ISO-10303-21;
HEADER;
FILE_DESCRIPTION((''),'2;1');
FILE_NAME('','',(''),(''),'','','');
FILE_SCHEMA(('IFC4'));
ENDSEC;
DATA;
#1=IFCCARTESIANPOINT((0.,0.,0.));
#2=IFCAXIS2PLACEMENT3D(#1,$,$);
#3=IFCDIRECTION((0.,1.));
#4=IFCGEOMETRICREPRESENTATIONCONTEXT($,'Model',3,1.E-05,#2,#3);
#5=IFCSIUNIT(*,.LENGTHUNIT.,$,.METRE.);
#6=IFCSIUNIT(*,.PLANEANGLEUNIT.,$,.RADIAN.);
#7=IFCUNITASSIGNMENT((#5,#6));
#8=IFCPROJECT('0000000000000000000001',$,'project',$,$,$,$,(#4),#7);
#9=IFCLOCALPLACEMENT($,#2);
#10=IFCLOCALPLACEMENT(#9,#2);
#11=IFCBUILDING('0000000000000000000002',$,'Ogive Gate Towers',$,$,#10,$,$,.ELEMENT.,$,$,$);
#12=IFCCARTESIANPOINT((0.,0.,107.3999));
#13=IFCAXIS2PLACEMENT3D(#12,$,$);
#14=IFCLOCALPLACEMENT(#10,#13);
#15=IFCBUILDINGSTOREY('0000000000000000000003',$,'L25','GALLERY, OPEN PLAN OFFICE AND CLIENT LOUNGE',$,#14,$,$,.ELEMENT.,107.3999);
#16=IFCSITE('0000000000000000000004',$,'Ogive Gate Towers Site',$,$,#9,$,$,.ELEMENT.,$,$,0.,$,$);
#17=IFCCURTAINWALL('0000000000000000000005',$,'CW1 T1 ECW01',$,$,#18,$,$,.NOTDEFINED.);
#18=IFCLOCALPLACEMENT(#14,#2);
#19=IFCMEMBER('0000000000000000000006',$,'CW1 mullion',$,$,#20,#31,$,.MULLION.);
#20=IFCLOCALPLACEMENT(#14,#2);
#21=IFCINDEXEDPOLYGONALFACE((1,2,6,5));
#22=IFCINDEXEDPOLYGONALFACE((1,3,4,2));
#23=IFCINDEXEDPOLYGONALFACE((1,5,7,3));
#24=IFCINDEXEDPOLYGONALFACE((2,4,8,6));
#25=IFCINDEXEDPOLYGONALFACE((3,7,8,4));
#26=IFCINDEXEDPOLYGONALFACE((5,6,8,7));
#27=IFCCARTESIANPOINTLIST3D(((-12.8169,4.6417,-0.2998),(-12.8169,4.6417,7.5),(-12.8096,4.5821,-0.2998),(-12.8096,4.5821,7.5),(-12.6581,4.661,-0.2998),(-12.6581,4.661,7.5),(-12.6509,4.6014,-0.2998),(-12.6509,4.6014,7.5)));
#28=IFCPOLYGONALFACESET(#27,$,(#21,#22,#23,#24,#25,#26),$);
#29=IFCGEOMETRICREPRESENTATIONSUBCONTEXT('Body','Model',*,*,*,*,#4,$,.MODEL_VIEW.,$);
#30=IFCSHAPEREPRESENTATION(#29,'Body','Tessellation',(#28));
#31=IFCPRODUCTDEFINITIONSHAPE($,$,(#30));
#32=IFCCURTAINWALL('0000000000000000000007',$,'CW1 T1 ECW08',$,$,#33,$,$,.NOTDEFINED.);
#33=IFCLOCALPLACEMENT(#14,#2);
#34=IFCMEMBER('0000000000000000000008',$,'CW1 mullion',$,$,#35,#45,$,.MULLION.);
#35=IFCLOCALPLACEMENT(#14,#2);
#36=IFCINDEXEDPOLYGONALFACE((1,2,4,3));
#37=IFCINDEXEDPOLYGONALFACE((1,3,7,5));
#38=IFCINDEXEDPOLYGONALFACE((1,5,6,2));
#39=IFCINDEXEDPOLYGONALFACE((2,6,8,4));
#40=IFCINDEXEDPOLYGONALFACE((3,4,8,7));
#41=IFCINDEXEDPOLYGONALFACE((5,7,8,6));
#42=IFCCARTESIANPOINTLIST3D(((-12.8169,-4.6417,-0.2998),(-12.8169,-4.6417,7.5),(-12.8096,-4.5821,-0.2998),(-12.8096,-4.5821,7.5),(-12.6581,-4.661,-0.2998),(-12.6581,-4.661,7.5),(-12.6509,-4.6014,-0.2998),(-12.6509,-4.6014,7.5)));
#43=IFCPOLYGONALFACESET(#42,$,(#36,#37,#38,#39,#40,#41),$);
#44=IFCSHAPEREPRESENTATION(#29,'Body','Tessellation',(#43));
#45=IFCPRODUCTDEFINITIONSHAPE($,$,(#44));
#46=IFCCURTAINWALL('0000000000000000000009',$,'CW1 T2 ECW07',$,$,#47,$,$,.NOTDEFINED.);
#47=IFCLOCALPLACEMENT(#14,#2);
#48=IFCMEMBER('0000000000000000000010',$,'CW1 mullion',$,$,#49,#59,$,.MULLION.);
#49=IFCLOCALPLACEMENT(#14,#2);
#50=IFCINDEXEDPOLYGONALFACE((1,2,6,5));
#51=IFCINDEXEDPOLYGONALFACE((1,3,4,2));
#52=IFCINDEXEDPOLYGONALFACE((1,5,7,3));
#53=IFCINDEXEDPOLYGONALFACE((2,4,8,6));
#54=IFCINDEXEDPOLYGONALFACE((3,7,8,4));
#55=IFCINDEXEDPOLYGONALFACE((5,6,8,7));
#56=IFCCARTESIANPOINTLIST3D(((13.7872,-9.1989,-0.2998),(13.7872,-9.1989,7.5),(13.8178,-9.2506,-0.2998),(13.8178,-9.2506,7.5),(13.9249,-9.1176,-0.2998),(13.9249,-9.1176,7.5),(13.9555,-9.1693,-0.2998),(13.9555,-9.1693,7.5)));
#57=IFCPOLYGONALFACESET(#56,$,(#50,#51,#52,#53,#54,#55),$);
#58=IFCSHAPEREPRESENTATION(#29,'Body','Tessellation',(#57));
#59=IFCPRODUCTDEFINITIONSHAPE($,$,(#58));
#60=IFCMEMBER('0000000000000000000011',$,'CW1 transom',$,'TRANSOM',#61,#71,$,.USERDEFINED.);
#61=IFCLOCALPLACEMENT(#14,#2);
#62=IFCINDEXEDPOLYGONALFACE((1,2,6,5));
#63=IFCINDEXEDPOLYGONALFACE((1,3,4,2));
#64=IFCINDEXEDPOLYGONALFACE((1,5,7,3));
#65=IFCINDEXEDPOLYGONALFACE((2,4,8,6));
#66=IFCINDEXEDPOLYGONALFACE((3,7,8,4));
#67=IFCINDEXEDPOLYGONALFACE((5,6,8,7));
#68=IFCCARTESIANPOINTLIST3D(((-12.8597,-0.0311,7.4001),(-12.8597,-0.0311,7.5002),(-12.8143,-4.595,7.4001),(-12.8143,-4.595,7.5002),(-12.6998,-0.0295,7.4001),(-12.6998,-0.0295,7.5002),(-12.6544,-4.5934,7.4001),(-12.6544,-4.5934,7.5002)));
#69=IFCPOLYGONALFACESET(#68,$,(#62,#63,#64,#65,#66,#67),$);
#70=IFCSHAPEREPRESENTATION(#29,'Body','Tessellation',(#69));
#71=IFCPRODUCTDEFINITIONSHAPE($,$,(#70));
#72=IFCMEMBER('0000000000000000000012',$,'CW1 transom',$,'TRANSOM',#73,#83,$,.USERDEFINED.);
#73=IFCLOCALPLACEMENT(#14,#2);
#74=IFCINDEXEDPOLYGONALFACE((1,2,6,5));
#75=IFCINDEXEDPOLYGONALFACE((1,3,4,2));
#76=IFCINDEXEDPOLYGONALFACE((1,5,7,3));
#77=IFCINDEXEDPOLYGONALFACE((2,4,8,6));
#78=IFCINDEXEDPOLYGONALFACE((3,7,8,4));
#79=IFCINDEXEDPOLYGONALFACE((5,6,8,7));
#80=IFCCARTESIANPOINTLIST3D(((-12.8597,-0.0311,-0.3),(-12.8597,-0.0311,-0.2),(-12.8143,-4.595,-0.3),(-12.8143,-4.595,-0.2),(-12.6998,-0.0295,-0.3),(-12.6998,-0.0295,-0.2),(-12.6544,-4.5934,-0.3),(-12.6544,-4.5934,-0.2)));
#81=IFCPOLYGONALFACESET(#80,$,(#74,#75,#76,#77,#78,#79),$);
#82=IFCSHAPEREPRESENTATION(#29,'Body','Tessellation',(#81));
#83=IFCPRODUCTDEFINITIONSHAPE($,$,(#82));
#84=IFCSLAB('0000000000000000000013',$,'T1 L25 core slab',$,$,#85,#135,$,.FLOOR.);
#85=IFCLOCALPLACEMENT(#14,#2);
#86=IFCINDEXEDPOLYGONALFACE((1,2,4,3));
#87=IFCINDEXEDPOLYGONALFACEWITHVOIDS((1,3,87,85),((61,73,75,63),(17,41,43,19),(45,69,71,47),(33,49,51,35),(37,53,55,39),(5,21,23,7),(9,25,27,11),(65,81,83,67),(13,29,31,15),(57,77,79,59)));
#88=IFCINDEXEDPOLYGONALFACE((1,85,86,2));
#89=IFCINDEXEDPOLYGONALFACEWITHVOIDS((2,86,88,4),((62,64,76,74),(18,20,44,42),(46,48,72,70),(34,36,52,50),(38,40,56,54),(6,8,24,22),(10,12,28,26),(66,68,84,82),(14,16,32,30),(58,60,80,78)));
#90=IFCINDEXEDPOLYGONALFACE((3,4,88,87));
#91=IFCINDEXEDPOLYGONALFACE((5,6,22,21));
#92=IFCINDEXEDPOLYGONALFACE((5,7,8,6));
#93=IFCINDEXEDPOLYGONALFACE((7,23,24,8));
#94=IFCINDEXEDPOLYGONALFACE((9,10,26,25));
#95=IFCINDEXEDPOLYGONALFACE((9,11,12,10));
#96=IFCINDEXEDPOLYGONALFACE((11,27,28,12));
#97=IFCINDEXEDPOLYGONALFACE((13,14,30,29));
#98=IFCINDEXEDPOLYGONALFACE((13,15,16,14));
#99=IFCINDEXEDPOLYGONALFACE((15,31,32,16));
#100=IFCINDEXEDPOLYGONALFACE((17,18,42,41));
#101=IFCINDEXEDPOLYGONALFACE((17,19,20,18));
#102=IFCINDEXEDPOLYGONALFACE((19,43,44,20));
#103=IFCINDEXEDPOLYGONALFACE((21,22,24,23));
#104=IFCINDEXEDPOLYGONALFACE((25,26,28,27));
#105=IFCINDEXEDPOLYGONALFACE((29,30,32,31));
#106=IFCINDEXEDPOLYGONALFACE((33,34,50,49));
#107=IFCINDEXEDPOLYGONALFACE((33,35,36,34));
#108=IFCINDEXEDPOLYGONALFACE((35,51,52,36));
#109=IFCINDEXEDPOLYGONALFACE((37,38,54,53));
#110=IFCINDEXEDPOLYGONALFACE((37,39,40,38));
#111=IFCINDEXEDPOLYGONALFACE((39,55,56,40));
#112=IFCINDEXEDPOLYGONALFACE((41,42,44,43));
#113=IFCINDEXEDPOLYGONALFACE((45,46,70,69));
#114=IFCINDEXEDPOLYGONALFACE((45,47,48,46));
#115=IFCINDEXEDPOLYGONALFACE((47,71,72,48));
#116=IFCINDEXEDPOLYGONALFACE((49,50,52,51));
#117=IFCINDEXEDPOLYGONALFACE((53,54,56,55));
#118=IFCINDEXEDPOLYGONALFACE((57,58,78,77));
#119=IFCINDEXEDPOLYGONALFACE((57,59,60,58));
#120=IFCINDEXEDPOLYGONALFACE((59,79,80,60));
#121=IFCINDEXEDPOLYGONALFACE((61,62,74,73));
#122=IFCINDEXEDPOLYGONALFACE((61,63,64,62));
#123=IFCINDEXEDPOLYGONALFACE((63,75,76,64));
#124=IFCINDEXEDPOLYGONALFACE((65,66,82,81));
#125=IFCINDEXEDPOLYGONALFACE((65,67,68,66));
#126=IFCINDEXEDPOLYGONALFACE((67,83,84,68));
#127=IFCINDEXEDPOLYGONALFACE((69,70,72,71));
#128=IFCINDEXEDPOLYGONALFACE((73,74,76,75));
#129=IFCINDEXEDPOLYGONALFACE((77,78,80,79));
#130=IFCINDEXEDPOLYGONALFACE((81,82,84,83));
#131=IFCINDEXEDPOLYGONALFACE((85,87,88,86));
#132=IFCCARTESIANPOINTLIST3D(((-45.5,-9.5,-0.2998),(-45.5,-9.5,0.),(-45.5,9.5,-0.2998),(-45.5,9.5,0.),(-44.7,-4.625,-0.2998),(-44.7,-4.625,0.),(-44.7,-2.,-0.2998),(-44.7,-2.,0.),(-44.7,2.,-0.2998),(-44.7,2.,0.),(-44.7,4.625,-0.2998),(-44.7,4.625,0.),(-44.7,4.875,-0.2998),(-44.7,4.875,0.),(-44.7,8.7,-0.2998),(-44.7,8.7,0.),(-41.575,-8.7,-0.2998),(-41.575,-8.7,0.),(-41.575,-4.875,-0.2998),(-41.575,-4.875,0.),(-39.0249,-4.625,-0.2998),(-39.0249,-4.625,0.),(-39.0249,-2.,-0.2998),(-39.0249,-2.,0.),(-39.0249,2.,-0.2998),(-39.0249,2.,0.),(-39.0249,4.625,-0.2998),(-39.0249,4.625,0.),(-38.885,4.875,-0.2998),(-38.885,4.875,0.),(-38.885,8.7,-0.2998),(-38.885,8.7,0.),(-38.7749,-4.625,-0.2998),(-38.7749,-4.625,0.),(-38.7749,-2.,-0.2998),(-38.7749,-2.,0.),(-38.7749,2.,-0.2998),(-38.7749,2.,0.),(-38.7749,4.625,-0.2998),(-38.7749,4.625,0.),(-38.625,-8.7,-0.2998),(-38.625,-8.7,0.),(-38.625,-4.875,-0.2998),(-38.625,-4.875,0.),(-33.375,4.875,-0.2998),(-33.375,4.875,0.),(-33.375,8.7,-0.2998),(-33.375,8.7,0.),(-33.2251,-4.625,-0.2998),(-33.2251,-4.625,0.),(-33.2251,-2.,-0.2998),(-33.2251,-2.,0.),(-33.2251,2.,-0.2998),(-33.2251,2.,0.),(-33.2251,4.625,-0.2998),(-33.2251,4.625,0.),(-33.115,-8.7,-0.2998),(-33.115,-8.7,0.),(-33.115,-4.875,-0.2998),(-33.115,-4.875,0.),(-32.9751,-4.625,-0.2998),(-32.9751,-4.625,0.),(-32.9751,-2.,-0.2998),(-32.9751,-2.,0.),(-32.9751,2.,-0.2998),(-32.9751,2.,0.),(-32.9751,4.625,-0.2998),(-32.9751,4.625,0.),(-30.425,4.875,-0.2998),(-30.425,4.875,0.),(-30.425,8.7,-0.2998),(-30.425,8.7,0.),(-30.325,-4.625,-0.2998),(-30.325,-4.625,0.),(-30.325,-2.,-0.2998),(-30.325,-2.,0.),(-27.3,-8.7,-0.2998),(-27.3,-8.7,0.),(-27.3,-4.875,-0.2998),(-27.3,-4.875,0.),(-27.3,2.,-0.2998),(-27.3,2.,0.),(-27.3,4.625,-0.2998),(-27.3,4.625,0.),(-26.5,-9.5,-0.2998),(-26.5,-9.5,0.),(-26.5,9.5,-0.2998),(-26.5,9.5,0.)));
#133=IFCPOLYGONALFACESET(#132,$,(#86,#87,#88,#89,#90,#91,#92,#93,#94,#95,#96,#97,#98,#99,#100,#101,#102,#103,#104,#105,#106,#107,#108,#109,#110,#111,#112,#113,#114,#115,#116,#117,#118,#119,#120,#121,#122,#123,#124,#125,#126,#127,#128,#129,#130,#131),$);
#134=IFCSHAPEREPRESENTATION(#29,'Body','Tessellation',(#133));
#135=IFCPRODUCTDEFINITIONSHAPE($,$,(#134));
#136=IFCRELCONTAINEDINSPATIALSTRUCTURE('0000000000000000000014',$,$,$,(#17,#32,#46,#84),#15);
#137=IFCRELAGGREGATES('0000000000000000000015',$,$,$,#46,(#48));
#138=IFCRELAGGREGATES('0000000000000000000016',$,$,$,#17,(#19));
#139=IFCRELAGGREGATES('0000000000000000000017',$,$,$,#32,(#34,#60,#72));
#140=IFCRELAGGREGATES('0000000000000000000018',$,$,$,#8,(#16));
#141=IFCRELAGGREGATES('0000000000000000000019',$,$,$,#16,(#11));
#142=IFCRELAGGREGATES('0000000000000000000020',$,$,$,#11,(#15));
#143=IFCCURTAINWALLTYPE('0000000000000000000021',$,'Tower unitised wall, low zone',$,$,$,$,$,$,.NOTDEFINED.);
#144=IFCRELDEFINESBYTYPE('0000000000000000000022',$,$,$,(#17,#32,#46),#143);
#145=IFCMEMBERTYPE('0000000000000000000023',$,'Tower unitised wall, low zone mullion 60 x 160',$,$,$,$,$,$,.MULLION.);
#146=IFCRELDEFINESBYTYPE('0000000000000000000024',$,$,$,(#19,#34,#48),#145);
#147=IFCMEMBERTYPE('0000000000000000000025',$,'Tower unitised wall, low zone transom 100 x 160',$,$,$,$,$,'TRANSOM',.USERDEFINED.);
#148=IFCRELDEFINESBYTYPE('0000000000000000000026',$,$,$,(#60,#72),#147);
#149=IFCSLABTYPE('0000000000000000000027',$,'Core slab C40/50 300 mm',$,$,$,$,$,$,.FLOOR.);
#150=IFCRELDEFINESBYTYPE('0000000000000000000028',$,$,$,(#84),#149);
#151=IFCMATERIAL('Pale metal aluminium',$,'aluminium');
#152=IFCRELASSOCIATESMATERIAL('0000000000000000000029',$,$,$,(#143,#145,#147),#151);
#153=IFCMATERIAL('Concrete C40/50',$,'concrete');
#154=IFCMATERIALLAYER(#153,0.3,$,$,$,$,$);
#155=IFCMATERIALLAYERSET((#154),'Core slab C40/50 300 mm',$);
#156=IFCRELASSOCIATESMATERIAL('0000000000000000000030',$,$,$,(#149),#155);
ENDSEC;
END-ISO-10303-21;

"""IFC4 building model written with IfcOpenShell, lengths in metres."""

from ifc_helpers import new_model, si_unit, direction, frame, origin, origin_2d, place, context, subcontext, project, spatial, polyline, rectangle, outline, extrude, material, layer, layer_set, material_profile, profile_set, type_object, element, aggregate, save


model = new_model("IFC4")

# Units and contexts
model_context = context("Model", 3, precision=1e-05, world=origin(), true_north=direction((0.0, 1.0)))
body_context = subcontext(model_context, "Body", "Model", "MODEL_VIEW")
ifc_project = project(units=[si_unit("LENGTHUNIT", "METRE"), si_unit("PLANEANGLEUNIT", "RADIAN")], contexts=[model_context])

# Site, building, storey
site_placement = place(None, origin())
site = spatial("IfcSite", under=ifc_project, at=site_placement, Name="Ogive Gate Towers Site", CompositionType="ELEMENT", RefElevation=0.0)
building_placement = place(site_placement, origin())
building = spatial("IfcBuilding", under=site, at=building_placement, Name="Ogive Gate Towers", CompositionType="ELEMENT")
storey_placement = place(building_placement, frame((0.0, 0.0, 107.3999)))
storey = spatial("IfcBuildingStorey", under=building, at=storey_placement, Name="L25", Description="GALLERY, OPEN PLAN OFFICE AND CLIENT LOUNGE", CompositionType="ELEMENT", Elevation=107.3999)

# Curtain walls, members
ifc_material_1 = material(Name="Pale metal aluminium", Category="aluminium")
curtain_wall_type = type_object("IfcCurtainWallType", Name="Tower unitised wall, low zone", PredefinedType="NOTDEFINED", material=ifc_material_1)
curtain_wall_1_placement = place(storey_placement, origin())
curtain_wall_1 = element("IfcCurtainWall", 1, at=curtain_wall_1_placement, inside=storey, type_object=curtain_wall_type, Name="CW1 T1 ECW01", PredefinedType="NOTDEFINED")
ifc_material_profile_1 = material_profile(ifc_material_1, rectangle(XDim=0.1599, YDim=0.0601, at=origin_2d()), Name="60 x 160 aluminium box")
ifc_profile_set_1 = profile_set([ifc_material_profile_1], Name="Pale metal aluminium")
member_type_1 = type_object("IfcMemberType", Name="Tower unitised wall, low zone mullion 60 x 160", PredefinedType="MULLION", material=ifc_profile_set_1)
member_1_placement = place(storey_placement, frame((-12.7339, 4.6216, -0.2998), z_axis=(0.0, 0.0, 1.0), x_axis=(0.992696, 0.120639, 0.0)))
member_1 = element("IfcMember", 2, at=member_1_placement, type_object=member_type_1, Name="CW1 mullion", PredefinedType="MULLION", context=body_context, shape_type="SweptSolid", body=[
    extrude(rectangle(XDim=0.1599, YDim=0.0601, at=origin_2d()), origin(), (0.0, 0.0, 1.0), 7.7998),
])
curtain_wall_2_placement = place(storey_placement, origin())
curtain_wall_2 = element("IfcCurtainWall", 3, at=curtain_wall_2_placement, inside=storey, type_object=curtain_wall_type, Name="CW1 T1 ECW08", PredefinedType="NOTDEFINED")
member_2_placement = place(storey_placement, frame((-12.7339, -4.6216, -0.2998), z_axis=(0.0, 0.0, 1.0), x_axis=(0.992696, -0.120639, 0.0)))
member_2 = element("IfcMember", 4, at=member_2_placement, type_object=member_type_1, Name="CW1 mullion", PredefinedType="MULLION", context=body_context, shape_type="SweptSolid", body=[
    extrude(rectangle(XDim=0.1599, YDim=0.0601, at=origin_2d()), origin(), (0.0, 0.0, 1.0), 7.7998),
])
curtain_wall_3_placement = place(storey_placement, origin())
curtain_wall_3 = element("IfcCurtainWall", 5, at=curtain_wall_3_placement, inside=storey, type_object=curtain_wall_type, Name="CW1 T2 ECW07", PredefinedType="NOTDEFINED")
member_3_placement = place(storey_placement, frame((13.8713, -9.1841, -0.2998), z_axis=(0.0, 0.0, 1.0), x_axis=(0.860982, 0.508636, 0.0)))
member_3 = element("IfcMember", 6, at=member_3_placement, type_object=member_type_1, Name="CW1 mullion", PredefinedType="MULLION", context=body_context, shape_type="SweptSolid", body=[
    extrude(rectangle(XDim=0.1599, YDim=0.0601, at=origin_2d()), origin(), (0.0, 0.0, 1.0), 7.7998),
])
aggregate(curtain_wall_3, [member_3])

# Members
ifc_material_profile_2 = material_profile(ifc_material_1, rectangle(XDim=0.1599, YDim=0.1001, at=origin_2d()), Name="100 x 160 aluminium box")
ifc_profile_set_2 = profile_set([ifc_material_profile_2], Name="Pale metal aluminium")
member_type_2 = type_object("IfcMemberType", Name="Tower unitised wall, low zone transom 100 x 160", ElementType="TRANSOM", PredefinedType="USERDEFINED", material=ifc_profile_set_2)
member_4_placement = place(storey_placement, frame((-12.7344, -4.5942, 7.4502), z_axis=(-0.009949, 0.999951, 0.0), x_axis=(-0.999951, -0.009949, 0.0)))
member_4 = element("IfcMember", 7, at=member_4_placement, type_object=member_type_2, Name="CW1 transom", ObjectType="TRANSOM", PredefinedType="USERDEFINED", context=body_context, shape_type="SweptSolid", body=[
    extrude(rectangle(XDim=0.1599, YDim=0.1001, at=origin_2d()), origin(), (0.0, 0.0, 1.0), 4.5642),
])
member_5_placement = place(storey_placement, frame((-12.7344, -4.5942, -0.25), z_axis=(-0.009949, 0.999951, 0.0), x_axis=(-0.999951, -0.009949, 0.0)))
member_5 = element("IfcMember", 8, at=member_5_placement, type_object=member_type_2, Name="CW1 transom", ObjectType="TRANSOM", PredefinedType="USERDEFINED", context=body_context, shape_type="SweptSolid", body=[
    extrude(rectangle(XDim=0.1599, YDim=0.1001, at=origin_2d()), origin(), (0.0, 0.0, 1.0), 4.5642),
])

# Slab
ifc_material_2 = material(Name="Concrete C40/50", Category="concrete")
ifc_layer_1 = layer(ifc_material_2, 0.3)
ifc_layer_set_1 = layer_set([ifc_layer_1], Name="Core slab C40/50 300 mm")
slab_type_1 = type_object("IfcSlabType", Name="Core slab C40/50 300 mm", PredefinedType="FLOOR", material=ifc_layer_set_1)
slab_1_placement = place(storey_placement, frame((0.0, 0.0, -0.2998)))
element("IfcSlab", 9, at=slab_1_placement, inside=storey, type_object=slab_type_1, Name="T1 L25 core slab", PredefinedType="FLOOR", context=body_context, shape_type="SweptSolid", body=[
    extrude(outline(polyline([(-26.5, 9.5), (-26.5, -9.5), (-45.5, -9.5), (-45.5, 9.5), (-26.5, 9.5)]), holes=[polyline([(-39.0249, 4.625), (-44.7, 4.625), (-44.7, 2.0), (-39.0249, 2.0), (-39.0249, 4.625)]), polyline([(-33.2251, 2.0), (-33.2251, 4.625), (-38.7749, 4.625), (-38.7749, 2.0), (-33.2251, 2.0)]), polyline([(-32.9751, 2.0), (-27.3, 2.0), (-27.3, 4.625), (-32.9751, 4.625), (-32.9751, 2.0)]), polyline([(-44.7, -2.0), (-44.7, -4.625), (-39.0249, -4.625), (-39.0249, -2.0), (-44.7, -2.0)]), polyline([(-33.2251, -2.0), (-38.7749, -2.0), (-38.7749, -4.625), (-33.2251, -4.625), (-33.2251, -2.0)]), polyline([(-30.325, -4.625), (-30.325, -2.0), (-32.9751, -2.0), (-32.9751, -4.625), (-30.325, -4.625)]), polyline([(-33.375, 4.875), (-30.425, 4.875), (-30.425, 8.7), (-33.375, 8.7), (-33.375, 4.875)]), polyline([(-41.575, -4.875), (-41.575, -8.7), (-38.625, -8.7), (-38.625, -4.875), (-41.575, -4.875)]), polyline([(-44.7, 4.875), (-38.885, 4.875), (-38.885, 8.7), (-44.7, 8.7), (-44.7, 4.875)]), polyline([(-27.3, -8.7), (-27.3, -4.875), (-33.115, -4.875), (-33.115, -8.7), (-27.3, -8.7)])]), origin(), (0.0, 0.0, 1.0), 0.2998),
])

aggregate(curtain_wall_1, [member_1])
aggregate(curtain_wall_2, [member_2, member_4, member_5])

save(model, "model.ifc")
